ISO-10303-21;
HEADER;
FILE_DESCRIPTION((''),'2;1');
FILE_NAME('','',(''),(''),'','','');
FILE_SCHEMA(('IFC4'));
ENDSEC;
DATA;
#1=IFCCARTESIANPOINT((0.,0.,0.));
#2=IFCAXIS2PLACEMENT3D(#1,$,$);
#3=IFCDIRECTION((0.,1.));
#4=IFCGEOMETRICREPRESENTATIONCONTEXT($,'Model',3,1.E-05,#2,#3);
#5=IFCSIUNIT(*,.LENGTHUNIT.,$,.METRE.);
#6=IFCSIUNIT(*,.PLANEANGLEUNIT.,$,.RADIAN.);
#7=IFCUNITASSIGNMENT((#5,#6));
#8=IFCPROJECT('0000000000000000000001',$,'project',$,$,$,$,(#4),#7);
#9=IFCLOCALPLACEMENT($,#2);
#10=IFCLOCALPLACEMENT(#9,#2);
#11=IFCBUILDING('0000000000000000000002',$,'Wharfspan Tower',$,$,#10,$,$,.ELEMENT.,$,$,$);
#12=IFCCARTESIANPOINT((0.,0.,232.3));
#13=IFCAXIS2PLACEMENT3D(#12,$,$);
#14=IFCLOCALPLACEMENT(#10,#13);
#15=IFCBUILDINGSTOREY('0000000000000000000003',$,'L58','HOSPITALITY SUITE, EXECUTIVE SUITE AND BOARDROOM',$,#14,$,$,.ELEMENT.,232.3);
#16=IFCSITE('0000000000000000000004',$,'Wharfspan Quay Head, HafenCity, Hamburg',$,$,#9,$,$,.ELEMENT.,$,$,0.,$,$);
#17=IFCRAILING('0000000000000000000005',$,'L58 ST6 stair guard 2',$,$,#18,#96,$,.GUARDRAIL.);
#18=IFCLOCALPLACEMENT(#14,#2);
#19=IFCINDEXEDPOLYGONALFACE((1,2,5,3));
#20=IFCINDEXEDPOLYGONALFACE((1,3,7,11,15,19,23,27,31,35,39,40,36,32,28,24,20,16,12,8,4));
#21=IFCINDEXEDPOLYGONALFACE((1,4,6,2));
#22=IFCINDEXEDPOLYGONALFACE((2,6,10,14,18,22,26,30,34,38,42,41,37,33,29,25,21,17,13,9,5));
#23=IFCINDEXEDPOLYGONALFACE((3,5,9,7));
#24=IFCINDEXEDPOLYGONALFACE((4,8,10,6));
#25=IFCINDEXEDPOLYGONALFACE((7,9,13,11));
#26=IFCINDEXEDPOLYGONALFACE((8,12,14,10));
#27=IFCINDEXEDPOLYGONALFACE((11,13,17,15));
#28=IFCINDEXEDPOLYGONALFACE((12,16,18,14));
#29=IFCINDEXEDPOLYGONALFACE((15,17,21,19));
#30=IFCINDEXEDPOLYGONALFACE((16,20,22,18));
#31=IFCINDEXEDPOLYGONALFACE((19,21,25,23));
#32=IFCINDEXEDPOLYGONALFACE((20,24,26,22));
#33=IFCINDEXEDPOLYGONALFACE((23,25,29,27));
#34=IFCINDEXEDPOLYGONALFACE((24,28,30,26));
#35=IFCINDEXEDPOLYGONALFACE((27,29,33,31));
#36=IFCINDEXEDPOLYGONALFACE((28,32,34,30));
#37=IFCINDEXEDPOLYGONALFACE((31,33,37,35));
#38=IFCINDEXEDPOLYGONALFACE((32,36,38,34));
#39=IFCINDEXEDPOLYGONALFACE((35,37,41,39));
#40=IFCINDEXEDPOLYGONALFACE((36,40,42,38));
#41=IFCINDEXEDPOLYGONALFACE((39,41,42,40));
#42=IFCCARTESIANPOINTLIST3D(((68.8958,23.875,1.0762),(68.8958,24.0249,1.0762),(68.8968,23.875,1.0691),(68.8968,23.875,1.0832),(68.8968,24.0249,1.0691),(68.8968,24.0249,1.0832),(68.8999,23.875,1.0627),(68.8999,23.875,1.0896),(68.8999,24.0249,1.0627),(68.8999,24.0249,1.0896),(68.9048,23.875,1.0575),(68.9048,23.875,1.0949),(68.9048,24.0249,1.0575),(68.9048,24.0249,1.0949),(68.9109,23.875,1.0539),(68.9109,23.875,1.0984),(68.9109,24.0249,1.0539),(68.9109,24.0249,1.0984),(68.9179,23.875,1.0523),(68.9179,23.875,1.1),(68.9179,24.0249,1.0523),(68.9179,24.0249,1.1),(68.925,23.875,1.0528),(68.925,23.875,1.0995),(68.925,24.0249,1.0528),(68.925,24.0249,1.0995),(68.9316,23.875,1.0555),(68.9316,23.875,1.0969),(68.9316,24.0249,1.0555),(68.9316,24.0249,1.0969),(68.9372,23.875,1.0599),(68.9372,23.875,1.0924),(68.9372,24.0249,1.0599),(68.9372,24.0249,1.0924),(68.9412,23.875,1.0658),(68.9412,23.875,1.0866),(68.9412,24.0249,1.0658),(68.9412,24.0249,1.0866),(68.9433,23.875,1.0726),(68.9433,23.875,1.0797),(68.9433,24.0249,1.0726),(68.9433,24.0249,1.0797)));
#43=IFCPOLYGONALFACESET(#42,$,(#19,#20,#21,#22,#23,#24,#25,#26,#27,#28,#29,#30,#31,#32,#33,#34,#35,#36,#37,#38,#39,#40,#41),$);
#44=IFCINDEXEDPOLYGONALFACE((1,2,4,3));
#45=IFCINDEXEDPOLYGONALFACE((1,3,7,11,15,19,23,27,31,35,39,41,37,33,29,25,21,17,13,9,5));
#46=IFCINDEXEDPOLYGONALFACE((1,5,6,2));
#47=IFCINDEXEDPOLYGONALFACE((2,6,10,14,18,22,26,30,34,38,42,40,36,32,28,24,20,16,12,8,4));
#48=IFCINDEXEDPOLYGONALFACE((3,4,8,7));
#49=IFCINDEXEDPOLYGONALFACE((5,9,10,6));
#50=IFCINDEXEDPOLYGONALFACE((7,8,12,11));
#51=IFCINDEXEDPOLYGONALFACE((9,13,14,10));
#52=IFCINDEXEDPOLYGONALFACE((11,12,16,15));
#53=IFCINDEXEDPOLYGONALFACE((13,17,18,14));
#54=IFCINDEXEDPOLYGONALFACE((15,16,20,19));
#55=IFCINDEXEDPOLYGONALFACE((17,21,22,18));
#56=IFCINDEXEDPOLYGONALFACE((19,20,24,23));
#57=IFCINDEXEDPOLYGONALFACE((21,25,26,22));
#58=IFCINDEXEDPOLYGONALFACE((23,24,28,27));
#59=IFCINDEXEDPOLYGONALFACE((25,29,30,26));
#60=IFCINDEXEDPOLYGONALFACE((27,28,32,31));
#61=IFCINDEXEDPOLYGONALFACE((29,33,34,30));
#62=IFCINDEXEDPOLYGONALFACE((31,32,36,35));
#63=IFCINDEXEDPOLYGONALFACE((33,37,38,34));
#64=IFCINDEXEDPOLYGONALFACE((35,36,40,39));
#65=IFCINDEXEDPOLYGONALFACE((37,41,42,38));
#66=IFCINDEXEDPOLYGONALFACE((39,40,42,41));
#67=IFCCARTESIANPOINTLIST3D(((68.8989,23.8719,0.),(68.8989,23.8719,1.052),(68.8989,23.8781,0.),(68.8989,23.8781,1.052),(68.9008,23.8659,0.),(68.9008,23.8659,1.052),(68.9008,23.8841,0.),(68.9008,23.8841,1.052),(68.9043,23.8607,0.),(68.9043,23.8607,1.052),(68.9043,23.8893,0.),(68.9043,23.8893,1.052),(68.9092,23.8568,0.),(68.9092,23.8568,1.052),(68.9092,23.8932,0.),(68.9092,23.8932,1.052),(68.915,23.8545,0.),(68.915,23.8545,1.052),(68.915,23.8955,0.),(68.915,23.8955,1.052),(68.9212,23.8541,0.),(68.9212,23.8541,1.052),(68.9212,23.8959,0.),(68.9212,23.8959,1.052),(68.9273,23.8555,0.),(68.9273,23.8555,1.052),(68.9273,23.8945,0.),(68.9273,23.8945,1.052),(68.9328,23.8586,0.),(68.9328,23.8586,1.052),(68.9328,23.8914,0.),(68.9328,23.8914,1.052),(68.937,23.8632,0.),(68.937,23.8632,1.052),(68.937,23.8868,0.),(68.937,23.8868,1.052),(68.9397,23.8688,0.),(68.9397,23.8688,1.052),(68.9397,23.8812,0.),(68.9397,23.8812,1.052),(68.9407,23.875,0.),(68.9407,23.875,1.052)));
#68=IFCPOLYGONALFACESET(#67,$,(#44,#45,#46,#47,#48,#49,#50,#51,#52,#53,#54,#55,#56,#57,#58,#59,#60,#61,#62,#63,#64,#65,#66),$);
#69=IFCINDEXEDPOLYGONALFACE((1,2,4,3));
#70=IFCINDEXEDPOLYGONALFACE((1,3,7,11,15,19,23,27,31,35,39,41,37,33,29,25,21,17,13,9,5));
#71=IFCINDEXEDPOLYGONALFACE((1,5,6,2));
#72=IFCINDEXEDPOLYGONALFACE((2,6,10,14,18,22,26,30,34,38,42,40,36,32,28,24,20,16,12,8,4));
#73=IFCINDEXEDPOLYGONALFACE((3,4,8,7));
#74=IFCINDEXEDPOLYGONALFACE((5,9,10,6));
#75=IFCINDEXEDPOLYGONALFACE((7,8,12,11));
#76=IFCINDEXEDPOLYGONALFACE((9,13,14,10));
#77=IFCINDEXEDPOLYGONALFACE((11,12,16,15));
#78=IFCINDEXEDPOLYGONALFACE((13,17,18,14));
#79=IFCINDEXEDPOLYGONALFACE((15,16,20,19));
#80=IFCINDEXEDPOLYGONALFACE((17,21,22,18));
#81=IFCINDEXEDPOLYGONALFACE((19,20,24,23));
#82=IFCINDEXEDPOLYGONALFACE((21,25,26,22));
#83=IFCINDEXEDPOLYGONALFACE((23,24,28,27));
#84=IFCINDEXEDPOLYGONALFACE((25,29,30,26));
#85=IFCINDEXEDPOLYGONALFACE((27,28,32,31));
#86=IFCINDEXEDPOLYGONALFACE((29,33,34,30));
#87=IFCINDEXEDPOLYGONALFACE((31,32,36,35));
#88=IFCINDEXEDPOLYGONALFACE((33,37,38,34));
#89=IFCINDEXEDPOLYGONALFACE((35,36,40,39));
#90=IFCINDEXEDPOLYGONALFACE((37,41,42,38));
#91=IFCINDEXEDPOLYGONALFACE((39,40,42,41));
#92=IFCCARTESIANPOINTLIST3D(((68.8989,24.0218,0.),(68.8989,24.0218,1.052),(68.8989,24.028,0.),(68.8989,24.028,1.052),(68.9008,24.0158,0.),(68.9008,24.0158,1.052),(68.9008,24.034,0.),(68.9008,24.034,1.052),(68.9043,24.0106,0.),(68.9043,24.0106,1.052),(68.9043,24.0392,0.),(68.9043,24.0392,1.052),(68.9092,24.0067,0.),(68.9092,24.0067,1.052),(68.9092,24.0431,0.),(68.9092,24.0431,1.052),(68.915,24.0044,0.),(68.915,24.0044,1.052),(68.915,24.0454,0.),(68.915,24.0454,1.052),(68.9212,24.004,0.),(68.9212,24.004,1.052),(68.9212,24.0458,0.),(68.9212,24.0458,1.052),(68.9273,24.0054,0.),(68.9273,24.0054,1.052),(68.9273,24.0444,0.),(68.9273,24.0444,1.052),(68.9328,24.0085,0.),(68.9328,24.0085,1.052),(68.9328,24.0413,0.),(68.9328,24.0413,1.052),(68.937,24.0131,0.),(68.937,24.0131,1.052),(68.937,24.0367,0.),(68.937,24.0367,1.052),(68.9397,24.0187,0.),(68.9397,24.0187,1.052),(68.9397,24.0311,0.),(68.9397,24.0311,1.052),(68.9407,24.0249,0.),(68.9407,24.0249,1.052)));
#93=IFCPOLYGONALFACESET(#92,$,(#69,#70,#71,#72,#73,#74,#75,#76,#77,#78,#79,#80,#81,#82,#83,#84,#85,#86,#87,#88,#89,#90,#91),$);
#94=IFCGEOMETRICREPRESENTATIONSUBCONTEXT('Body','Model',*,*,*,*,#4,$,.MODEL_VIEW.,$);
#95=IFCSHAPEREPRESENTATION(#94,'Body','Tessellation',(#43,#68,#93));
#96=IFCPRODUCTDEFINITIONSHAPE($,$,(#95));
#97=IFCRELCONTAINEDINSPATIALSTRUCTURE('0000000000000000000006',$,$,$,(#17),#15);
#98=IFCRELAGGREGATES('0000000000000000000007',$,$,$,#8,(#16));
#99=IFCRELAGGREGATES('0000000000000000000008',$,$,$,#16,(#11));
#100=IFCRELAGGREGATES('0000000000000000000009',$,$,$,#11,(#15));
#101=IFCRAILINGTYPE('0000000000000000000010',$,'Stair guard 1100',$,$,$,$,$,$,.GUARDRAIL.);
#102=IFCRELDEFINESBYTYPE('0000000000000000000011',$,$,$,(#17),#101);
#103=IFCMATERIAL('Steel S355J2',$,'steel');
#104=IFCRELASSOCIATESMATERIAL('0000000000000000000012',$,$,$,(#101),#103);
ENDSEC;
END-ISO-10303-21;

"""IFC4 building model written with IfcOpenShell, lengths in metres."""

from ifc_helpers import new_model, si_unit, direction, frame, origin, origin_2d, place, context, subcontext, project, spatial, circle, extrude, material, type_object, element, save


model = new_model("IFC4")

# Units and contexts
model_context = context("Model", 3, precision=1e-05, world=origin(), true_north=direction((0.0, 1.0)))
body_context = subcontext(model_context, "Body", "Model", "MODEL_VIEW")
ifc_project = project(units=[si_unit("LENGTHUNIT", "METRE"), si_unit("PLANEANGLEUNIT", "RADIAN")], contexts=[model_context])

# Site, building, storey
site_placement = place(None, origin())
site = spatial("IfcSite", under=ifc_project, at=site_placement, Name="Wharfspan Quay Head, HafenCity, Hamburg", CompositionType="ELEMENT", RefElevation=0.0)
building_placement = place(site_placement, origin())
building = spatial("IfcBuilding", under=site, at=building_placement, Name="Wharfspan Tower", CompositionType="ELEMENT")
storey_placement = place(building_placement, frame((0.0, 0.0, 232.3)))
storey = spatial("IfcBuildingStorey", under=building, at=storey_placement, Name="L58", Description="HOSPITALITY SUITE, EXECUTIVE SUITE AND BOARDROOM", CompositionType="ELEMENT", Elevation=232.3)

# Railing
ifc_material_1 = material(Name="Steel S355J2", Category="steel")
railing_type_1 = type_object("IfcRailingType", Name="Stair guard 1100", PredefinedType="GUARDRAIL", material=ifc_material_1)
railing_1_placement = place(storey_placement, frame((68.9197, 23.875, 0.0)))
element("IfcRailing", 1, at=railing_1_placement, inside=storey, type_object=railing_type_1, Name="L58 ST6 stair guard 2", PredefinedType="GUARDRAIL", context=body_context, shape_type="SweptSolid", body=[
    extrude(circle(Radius=0.0239, at=origin_2d()), frame((0.0, 0.0, 1.0762), z_axis=(0.0, 1.0, 0.0), x_axis=(-1.0, 0.0, 0.0)), (0.0, 0.0, 1.0), 0.1499),
    extrude(circle(Radius=0.021, at=origin_2d()), origin(), (0.0, 0.0, 1.0), 1.052),
    extrude(circle(Radius=0.021, at=origin_2d()), frame((0.0, 0.1499, 0.0)), (0.0, 0.0, 1.0), 1.052),
])

save(model, "model.ifc")
